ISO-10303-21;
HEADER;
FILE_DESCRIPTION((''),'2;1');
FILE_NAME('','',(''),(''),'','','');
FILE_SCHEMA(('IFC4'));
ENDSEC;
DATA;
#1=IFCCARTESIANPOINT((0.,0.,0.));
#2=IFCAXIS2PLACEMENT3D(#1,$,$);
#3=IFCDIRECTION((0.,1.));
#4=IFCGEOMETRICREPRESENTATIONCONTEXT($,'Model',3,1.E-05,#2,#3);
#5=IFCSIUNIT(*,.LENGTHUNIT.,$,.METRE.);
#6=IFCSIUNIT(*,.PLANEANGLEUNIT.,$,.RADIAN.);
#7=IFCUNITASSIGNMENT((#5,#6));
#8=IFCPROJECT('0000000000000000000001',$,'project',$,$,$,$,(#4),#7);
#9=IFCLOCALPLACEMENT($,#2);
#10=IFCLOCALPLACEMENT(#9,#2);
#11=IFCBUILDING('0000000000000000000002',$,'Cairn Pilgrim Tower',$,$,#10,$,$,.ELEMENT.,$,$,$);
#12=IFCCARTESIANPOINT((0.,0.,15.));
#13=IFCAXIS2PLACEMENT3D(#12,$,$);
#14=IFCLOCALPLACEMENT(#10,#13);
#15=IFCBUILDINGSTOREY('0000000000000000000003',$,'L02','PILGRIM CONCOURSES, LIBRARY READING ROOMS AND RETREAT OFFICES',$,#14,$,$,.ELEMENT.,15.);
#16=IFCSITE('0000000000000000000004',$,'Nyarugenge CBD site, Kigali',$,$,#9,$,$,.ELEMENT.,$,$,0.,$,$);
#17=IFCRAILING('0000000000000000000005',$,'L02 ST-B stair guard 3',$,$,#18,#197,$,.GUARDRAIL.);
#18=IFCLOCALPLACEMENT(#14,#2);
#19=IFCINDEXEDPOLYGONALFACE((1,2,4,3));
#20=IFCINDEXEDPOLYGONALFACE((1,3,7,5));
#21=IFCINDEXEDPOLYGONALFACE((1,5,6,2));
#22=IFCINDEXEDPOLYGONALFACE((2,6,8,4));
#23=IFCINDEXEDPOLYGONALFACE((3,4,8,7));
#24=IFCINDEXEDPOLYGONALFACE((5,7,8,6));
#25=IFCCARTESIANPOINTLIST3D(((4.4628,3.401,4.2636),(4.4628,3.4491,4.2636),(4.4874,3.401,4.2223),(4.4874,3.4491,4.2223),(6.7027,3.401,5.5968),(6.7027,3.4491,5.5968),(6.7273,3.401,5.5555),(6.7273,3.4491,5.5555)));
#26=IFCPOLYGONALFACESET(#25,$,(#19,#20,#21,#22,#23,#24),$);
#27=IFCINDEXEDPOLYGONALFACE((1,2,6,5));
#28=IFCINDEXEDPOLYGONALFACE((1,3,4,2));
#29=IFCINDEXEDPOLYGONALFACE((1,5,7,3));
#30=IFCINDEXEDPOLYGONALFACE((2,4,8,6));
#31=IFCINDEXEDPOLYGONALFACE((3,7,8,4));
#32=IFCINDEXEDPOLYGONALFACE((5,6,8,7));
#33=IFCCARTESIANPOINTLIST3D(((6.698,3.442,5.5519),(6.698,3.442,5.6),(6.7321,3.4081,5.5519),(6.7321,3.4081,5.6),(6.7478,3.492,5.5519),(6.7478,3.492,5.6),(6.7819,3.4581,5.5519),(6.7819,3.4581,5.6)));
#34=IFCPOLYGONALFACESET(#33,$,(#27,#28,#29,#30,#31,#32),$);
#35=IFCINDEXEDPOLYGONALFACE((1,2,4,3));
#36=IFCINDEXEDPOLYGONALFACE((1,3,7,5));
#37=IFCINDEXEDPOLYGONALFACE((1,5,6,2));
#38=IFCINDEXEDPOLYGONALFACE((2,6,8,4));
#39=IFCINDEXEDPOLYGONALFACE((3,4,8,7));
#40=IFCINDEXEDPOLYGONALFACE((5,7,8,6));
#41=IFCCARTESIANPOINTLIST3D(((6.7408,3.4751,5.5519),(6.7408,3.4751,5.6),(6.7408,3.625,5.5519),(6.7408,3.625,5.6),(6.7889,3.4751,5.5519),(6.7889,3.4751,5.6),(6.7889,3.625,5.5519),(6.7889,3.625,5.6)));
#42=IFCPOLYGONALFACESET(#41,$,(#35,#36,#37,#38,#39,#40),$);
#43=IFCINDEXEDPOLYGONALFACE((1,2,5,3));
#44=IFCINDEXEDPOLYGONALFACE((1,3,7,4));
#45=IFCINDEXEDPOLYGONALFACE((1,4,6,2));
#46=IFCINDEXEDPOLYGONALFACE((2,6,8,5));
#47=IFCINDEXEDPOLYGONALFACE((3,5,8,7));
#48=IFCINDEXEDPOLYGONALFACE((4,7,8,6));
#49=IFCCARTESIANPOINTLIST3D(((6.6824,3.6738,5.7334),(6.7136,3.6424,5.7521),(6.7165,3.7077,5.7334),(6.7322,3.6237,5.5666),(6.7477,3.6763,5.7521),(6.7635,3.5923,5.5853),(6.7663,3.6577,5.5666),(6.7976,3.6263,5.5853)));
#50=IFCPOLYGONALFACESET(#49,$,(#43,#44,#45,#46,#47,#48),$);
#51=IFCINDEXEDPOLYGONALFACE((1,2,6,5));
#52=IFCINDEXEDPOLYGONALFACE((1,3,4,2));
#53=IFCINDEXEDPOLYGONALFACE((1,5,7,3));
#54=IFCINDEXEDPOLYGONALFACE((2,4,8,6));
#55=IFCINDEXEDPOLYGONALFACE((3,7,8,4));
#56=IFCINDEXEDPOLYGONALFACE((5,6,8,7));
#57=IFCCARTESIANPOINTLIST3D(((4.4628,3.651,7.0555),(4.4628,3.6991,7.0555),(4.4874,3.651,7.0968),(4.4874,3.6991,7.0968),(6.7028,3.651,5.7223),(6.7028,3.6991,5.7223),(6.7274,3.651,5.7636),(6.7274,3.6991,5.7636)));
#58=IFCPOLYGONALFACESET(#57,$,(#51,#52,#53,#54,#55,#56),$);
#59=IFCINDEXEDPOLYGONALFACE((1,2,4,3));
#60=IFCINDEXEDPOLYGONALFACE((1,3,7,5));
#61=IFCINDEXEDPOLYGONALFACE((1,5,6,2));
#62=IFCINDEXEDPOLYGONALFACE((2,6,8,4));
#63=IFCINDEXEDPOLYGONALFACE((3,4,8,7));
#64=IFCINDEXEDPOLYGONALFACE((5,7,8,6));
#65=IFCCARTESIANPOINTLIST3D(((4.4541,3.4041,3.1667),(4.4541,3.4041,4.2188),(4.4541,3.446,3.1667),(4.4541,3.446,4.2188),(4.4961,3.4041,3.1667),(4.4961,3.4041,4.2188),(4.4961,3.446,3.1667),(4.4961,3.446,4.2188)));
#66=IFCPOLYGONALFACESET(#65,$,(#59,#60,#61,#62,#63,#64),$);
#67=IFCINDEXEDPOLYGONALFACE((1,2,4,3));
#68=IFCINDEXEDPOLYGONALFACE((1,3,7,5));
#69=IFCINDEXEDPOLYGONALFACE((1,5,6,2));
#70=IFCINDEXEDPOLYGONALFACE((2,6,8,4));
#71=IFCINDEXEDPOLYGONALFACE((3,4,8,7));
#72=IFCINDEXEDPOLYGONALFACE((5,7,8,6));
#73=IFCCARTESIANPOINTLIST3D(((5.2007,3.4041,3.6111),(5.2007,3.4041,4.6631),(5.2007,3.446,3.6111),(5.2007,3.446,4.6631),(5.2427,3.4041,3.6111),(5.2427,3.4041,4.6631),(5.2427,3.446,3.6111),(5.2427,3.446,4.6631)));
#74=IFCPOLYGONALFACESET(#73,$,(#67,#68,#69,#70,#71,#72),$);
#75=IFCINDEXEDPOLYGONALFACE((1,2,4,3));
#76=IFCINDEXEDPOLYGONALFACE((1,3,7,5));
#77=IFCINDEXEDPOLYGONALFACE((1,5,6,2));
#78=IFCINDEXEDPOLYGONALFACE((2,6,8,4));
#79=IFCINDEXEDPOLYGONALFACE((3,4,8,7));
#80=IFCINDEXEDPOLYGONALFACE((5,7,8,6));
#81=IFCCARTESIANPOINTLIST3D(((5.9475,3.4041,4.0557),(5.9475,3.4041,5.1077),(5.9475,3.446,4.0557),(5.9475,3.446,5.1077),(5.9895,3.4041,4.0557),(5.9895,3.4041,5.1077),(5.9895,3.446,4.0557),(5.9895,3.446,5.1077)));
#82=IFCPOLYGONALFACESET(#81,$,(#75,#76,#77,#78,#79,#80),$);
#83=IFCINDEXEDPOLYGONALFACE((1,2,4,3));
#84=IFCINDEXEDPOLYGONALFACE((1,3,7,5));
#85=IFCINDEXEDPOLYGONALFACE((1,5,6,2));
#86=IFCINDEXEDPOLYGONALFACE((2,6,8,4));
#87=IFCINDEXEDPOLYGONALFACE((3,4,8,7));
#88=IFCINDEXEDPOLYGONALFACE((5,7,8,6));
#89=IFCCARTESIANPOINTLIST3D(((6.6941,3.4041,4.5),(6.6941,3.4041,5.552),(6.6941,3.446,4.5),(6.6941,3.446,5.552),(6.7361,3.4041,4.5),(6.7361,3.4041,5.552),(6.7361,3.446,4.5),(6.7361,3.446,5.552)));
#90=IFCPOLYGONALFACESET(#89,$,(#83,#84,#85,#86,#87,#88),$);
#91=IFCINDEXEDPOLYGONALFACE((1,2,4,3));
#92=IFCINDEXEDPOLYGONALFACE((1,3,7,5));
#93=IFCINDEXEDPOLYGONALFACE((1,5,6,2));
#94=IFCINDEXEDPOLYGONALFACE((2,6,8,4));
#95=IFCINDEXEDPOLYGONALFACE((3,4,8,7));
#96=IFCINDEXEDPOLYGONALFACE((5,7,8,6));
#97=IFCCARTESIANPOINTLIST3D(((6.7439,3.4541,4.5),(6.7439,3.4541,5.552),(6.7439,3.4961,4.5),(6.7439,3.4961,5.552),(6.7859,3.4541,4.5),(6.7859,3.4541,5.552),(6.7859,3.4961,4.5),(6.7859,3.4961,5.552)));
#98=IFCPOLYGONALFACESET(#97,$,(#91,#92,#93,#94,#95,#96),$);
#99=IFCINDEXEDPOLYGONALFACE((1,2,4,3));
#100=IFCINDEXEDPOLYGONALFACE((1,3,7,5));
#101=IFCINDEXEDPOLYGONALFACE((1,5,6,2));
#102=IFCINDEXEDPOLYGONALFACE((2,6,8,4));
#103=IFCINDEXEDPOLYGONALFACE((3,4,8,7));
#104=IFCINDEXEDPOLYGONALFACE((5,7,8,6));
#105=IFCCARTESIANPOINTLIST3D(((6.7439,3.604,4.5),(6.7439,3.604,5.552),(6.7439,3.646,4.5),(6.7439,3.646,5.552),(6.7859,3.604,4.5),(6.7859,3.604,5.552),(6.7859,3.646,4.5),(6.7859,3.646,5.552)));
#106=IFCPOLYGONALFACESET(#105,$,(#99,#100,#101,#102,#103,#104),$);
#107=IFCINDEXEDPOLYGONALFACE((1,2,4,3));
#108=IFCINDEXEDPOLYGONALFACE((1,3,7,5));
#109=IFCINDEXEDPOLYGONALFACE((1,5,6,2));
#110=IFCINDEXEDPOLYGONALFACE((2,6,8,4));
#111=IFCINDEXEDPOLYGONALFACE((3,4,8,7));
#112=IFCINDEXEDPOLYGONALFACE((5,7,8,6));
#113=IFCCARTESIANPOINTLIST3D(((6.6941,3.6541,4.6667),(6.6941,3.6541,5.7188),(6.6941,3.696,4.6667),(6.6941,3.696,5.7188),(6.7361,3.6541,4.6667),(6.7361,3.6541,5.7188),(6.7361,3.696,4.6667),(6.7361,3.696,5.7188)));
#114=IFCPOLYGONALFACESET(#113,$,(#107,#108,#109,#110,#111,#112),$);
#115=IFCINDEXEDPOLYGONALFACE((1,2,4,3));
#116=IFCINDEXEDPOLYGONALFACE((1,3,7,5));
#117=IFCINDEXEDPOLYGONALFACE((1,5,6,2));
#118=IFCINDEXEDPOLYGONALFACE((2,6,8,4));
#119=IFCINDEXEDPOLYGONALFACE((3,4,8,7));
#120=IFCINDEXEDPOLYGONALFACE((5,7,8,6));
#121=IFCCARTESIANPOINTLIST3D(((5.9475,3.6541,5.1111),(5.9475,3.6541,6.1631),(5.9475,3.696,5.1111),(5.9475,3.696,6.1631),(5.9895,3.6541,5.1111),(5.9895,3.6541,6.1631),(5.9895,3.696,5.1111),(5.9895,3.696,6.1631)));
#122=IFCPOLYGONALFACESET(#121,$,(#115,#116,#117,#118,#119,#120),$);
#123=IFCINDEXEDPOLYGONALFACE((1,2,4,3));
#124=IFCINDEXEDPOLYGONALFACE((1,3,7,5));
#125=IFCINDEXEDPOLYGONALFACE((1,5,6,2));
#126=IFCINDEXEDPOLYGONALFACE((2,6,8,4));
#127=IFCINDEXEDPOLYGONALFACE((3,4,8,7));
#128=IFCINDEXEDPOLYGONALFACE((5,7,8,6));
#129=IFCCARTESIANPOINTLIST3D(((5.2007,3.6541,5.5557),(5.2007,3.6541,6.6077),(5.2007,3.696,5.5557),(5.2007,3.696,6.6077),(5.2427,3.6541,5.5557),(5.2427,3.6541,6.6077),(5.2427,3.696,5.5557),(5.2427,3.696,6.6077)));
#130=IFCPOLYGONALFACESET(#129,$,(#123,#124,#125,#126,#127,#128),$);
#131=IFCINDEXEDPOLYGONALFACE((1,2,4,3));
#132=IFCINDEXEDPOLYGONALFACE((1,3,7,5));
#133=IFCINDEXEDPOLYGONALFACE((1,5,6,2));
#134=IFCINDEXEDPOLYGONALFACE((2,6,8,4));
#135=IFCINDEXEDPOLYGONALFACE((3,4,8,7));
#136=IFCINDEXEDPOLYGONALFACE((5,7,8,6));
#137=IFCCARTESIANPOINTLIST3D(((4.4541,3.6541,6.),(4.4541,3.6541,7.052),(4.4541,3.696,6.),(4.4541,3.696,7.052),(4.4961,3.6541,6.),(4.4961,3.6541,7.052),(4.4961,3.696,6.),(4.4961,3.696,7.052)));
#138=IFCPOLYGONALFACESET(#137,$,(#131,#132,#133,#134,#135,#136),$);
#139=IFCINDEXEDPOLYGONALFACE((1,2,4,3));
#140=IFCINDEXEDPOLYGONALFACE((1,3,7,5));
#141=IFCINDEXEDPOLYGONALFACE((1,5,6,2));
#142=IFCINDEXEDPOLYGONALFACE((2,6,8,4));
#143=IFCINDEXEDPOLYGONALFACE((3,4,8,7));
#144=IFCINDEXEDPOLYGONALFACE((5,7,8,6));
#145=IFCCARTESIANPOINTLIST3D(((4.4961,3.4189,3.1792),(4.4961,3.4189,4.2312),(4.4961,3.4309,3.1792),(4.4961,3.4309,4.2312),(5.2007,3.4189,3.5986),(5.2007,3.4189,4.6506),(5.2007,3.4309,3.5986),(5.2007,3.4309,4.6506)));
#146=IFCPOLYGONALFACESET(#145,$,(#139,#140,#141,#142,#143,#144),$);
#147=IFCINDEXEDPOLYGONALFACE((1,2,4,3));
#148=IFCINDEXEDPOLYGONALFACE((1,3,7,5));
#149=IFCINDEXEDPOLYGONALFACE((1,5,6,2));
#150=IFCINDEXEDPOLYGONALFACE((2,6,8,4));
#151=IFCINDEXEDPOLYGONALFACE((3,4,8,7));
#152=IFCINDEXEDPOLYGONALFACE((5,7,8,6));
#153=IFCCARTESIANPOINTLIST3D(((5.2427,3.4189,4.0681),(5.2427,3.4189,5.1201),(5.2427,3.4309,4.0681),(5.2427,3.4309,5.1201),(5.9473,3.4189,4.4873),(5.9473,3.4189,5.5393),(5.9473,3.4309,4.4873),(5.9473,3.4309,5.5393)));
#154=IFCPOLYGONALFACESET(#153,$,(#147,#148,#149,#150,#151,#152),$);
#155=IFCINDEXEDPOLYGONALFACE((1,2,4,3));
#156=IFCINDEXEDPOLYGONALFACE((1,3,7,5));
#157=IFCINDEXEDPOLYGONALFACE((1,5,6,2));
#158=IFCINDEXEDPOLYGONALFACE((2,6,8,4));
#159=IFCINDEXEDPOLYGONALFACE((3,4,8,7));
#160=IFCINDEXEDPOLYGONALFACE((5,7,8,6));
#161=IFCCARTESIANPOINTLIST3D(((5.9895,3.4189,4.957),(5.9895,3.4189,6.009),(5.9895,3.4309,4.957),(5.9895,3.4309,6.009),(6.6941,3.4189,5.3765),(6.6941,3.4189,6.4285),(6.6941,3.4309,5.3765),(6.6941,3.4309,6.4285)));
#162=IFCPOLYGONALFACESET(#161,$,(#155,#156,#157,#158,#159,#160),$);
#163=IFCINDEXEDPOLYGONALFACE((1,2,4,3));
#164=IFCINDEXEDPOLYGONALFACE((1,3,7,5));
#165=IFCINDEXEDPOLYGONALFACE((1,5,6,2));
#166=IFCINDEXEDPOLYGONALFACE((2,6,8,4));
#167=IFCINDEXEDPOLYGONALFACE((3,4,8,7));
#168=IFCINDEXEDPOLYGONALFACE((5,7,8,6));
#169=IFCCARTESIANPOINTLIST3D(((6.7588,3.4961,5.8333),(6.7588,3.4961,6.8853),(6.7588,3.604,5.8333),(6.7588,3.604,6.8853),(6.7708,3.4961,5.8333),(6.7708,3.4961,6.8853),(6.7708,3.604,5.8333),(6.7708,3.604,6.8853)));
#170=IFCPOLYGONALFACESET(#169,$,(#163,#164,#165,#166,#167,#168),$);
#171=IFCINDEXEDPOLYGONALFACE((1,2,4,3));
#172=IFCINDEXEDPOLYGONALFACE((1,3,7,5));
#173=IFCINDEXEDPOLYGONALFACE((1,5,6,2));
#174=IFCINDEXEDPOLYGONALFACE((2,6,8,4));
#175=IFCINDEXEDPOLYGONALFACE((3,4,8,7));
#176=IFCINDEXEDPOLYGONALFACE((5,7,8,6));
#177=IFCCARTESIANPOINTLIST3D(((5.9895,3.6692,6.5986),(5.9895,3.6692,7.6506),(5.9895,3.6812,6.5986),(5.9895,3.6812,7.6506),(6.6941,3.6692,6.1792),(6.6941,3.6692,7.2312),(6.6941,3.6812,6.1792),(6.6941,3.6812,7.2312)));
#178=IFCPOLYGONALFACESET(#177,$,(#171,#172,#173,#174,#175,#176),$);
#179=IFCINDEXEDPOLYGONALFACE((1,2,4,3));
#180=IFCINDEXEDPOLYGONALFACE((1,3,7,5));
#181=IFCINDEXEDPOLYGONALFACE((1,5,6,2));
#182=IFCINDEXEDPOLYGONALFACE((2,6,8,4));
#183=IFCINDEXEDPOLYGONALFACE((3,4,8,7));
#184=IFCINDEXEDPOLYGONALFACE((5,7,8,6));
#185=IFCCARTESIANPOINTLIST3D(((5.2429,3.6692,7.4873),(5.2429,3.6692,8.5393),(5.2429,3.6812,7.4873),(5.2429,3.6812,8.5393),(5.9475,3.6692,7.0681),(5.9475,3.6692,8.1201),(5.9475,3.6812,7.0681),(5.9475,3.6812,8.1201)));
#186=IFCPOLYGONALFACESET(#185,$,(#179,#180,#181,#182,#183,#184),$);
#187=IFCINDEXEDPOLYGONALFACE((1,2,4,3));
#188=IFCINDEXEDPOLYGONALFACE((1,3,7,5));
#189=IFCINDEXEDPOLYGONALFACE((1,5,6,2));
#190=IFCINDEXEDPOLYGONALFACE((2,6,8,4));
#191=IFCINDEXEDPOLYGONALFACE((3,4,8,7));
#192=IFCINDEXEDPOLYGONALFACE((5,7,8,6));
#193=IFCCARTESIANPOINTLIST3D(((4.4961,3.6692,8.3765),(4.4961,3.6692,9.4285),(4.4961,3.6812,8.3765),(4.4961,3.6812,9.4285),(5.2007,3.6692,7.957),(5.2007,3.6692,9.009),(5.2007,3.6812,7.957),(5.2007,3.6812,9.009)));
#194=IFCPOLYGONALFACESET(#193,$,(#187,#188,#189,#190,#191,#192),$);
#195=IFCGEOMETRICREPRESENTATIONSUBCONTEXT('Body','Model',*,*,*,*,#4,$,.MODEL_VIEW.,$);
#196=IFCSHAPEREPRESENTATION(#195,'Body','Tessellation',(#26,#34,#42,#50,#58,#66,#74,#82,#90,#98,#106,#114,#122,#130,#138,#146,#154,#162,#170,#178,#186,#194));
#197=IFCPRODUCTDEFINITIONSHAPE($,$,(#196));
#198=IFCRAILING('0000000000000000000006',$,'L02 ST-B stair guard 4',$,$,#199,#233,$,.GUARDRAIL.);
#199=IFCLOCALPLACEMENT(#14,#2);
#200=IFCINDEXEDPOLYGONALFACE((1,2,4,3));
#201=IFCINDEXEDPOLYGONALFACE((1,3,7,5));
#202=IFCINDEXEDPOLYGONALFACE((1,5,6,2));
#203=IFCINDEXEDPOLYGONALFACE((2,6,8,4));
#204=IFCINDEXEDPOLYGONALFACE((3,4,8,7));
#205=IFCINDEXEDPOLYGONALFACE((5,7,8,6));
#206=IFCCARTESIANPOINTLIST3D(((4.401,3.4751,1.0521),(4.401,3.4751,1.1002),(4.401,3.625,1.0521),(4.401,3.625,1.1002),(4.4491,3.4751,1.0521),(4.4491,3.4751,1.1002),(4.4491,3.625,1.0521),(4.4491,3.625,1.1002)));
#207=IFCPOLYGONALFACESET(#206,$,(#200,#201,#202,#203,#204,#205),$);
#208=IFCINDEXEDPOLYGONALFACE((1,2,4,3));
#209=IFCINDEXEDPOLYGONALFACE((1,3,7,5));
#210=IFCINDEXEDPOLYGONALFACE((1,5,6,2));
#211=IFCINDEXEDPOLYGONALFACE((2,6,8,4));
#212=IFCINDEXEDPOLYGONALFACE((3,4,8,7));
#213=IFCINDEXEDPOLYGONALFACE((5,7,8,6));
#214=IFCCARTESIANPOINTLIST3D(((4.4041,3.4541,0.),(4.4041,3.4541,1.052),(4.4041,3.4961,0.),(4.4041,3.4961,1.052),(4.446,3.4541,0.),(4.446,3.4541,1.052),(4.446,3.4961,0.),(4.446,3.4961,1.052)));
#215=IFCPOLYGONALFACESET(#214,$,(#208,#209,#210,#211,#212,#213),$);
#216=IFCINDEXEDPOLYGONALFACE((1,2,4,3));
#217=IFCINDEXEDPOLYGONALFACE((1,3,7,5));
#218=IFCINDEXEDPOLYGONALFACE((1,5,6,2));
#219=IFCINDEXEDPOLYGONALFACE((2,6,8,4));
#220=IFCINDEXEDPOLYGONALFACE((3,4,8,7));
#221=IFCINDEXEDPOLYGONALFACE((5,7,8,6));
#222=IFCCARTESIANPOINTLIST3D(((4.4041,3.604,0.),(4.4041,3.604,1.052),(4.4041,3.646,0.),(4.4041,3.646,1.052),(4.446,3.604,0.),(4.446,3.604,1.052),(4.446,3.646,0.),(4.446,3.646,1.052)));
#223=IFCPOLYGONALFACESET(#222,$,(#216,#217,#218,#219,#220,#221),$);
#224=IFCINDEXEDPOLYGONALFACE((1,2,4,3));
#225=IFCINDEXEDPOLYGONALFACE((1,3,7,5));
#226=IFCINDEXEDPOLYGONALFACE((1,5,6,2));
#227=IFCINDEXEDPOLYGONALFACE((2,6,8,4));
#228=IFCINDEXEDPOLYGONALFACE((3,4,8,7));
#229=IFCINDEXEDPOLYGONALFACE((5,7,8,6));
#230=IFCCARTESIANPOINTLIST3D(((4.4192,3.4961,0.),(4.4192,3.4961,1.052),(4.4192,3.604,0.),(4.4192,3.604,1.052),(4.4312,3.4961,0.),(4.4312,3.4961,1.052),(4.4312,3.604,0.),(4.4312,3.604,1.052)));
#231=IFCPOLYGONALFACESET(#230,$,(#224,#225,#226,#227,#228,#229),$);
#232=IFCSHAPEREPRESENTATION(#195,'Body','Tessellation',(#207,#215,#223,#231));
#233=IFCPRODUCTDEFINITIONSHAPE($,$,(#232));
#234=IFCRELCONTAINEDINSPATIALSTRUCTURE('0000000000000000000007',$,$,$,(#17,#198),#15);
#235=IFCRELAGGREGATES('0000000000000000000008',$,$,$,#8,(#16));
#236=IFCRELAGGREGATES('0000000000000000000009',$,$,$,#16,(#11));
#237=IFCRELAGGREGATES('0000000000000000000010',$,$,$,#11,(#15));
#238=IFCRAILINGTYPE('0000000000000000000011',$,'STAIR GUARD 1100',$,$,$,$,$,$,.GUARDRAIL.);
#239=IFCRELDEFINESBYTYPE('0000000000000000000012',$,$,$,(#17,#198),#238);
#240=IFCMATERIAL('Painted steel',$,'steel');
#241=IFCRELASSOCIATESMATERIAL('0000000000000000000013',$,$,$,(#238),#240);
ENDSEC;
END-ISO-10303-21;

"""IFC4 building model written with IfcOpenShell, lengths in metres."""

from ifc_helpers import new_model, si_unit, direction, frame, origin, origin_2d, place, context, subcontext, project, spatial, polyline, rectangle, outline, extrude, material, type_object, element, save


model = new_model("IFC4")

# Units and contexts
model_context = context("Model", 3, precision=1e-05, world=origin(), true_north=direction((0.0, 1.0)))
body_context = subcontext(model_context, "Body", "Model", "MODEL_VIEW")
ifc_project = project(units=[si_unit("LENGTHUNIT", "METRE"), si_unit("PLANEANGLEUNIT", "RADIAN")], contexts=[model_context])

# Site, building, storey
site_placement = place(None, origin())
site = spatial("IfcSite", under=ifc_project, at=site_placement, Name="Nyarugenge CBD site, Kigali", CompositionType="ELEMENT", RefElevation=0.0)
building_placement = place(site_placement, origin())
building = spatial("IfcBuilding", under=site, at=building_placement, Name="Cairn Pilgrim Tower", CompositionType="ELEMENT")
storey_placement = place(building_placement, frame((0.0, 0.0, 15.0)))
storey = spatial("IfcBuildingStorey", under=building, at=storey_placement, Name="L02", Description="PILGRIM CONCOURSES, LIBRARY READING ROOMS AND RETREAT OFFICES", CompositionType="ELEMENT", Elevation=15.0)

# Shared definitions
ifc_material_1 = material(Name="Painted steel", Category="steel")

# Railings
railing_type_1 = type_object("IfcRailingType", Name="STAIR GUARD 1100", PredefinedType="GUARDRAIL", material=ifc_material_1)
railing_1_placement = place(storey_placement, frame((4.4751, 3.425, 3.1667)))
element("IfcRailing", 1, at=railing_1_placement, inside=storey, type_object=railing_type_1, Name="L02 ST-B stair guard 3", PredefinedType="GUARDRAIL", context=body_context, shape_type="SweptSolid", body=[
    extrude(rectangle(XDim=0.0481, YDim=0.0481, at=origin_2d()), frame((0.0, 0.0, 1.0762), z_axis=(0.859306, 0.0, 0.511462), x_axis=(0.0, 1.0, 0.0)), (0.0, 0.0, 1.0), 2.6067),
    extrude(rectangle(XDim=0.0481, YDim=0.0481, at=origin_2d()), frame((2.24, 0.0, 2.4092), z_axis=(0.705376, 0.708834, 0.0), x_axis=(-0.708834, 0.705376, 0.0)), (0.0, 0.0, 1.0), 0.0706),
    extrude(rectangle(XDim=0.0481, YDim=0.0481, at=origin_2d()), frame((2.2898, 0.05, 2.4092), z_axis=(0.0, 1.0, 0.0), x_axis=(-1.0, 0.0, 0.0)), (0.0, 0.0, 1.0), 0.1499),
    extrude(rectangle(XDim=0.0481, YDim=0.0481, at=origin_2d()), frame((2.2898, 0.2, 2.4092), z_axis=(-0.275041, 0.276389, 0.920848), x_axis=(-0.708834, -0.705376, 0.0)), (0.0, 0.0, 1.0), 0.1812),
    extrude(rectangle(XDim=0.0481, YDim=0.0481, at=origin_2d()), frame((2.24, 0.25, 2.5762), z_axis=(-0.859306, 0.0, 0.511462), x_axis=(0.0, -1.0, 0.0)), (0.0, 0.0, 1.0), 2.6067),
    extrude(rectangle(XDim=0.042, YDim=0.042, at=origin_2d()), origin(), (0.0, 0.0, 1.0), 1.052),
    extrude(rectangle(XDim=0.042, YDim=0.042, at=origin_2d()), frame((0.7466, 0.0, 0.4443)), (0.0, 0.0, 1.0), 1.052),
    extrude(rectangle(XDim=0.042, YDim=0.042, at=origin_2d()), frame((1.4934, 0.0, 0.8889)), (0.0, 0.0, 1.0), 1.052),
    extrude(rectangle(XDim=0.042, YDim=0.042, at=origin_2d()), frame((2.24, 0.0, 1.3333)), (0.0, 0.0, 1.0), 1.052),
    extrude(rectangle(XDim=0.042, YDim=0.042, at=origin_2d()), frame((2.2898, 0.05, 1.3333)), (0.0, 0.0, 1.0), 1.052),
    extrude(rectangle(XDim=0.042, YDim=0.042, at=origin_2d()), frame((2.2898, 0.2, 1.3333)), (0.0, 0.0, 1.0), 1.052),
    extrude(rectangle(XDim=0.042, YDim=0.042, at=origin_2d()), frame((2.24, 0.25, 1.5)), (0.0, 0.0, 1.0), 1.052),
    extrude(rectangle(XDim=0.042, YDim=0.042, at=origin_2d()), frame((1.4934, 0.25, 1.9443)), (0.0, 0.0, 1.0), 1.052),
    extrude(rectangle(XDim=0.042, YDim=0.042, at=origin_2d()), frame((0.7466, 0.25, 2.3889)), (0.0, 0.0, 1.0), 1.052),
    extrude(rectangle(XDim=0.042, YDim=0.042, at=origin_2d()), frame((0.0, 0.25, 2.8333)), (0.0, 0.0, 1.0), 1.052),
    extrude(outline(polyline([(0.021, 0.0125), (0.7256, 0.4319), (0.7256, 1.4839), (0.021, 1.0645), (0.021, 0.0125)])), frame((0.0, 0.0059, 0.0), z_axis=(0.0, -1.0, 0.0), x_axis=(1.0, 0.0, 0.0)), (0.0, 0.0, 1.0), 0.012),
    extrude(outline(polyline([(0.021, 0.457), (0.7256, 0.8762), (0.7256, 1.9282), (0.021, 1.509), (0.021, 0.457)])), frame((0.7466, 0.0059, 0.4443), z_axis=(0.0, -1.0, 0.0), x_axis=(1.0, 0.0, 0.0)), (0.0, 0.0, 1.0), 0.012),
    extrude(outline(polyline([(0.021, 0.9014), (0.7256, 1.3208), (0.7256, 2.3728), (0.021, 1.9534), (0.021, 0.9014)])), frame((1.4934, 0.0059, 0.8889), z_axis=(0.0, -1.0, 0.0), x_axis=(1.0, 0.0, 0.0)), (0.0, 0.0, 1.0), 0.012),
    extrude(outline(polyline([(0.021, 1.3333), (0.1289, 1.3333), (0.1289, 2.3853), (0.021, 2.3853), (0.021, 1.3333)])), frame((2.2837, 0.05, 1.3333), z_axis=(1.0, 0.0, 0.0), x_axis=(0.0, 1.0, 0.0)), (0.0, 0.0, 1.0), 0.012),
    extrude(outline(polyline([(0.021, 1.5125), (0.7256, 1.9319), (0.7256, 2.9839), (0.021, 2.5645), (0.021, 1.5125)])), frame((2.24, 0.2441, 1.5), z_axis=(0.0, 1.0, 0.0), x_axis=(-1.0, 0.0, 0.0)), (0.0, 0.0, 1.0), 0.012),
    extrude(outline(polyline([(0.021, 1.957), (0.7256, 2.3762), (0.7256, 3.4282), (0.021, 3.009), (0.021, 1.957)])), frame((1.4934, 0.2441, 1.9443), z_axis=(0.0, 1.0, 0.0), x_axis=(-1.0, 0.0, 0.0)), (0.0, 0.0, 1.0), 0.012),
    extrude(outline(polyline([(0.021, 2.4014), (0.7256, 2.8208), (0.7256, 3.8728), (0.021, 3.4534), (0.021, 2.4014)])), frame((0.7466, 0.2441, 2.3889), z_axis=(0.0, 1.0, 0.0), x_axis=(-1.0, 0.0, 0.0)), (0.0, 0.0, 1.0), 0.012),
])
railing_2_placement = place(storey_placement, frame((4.425, 3.4751, 0.0)))
element("IfcRailing", 2, at=railing_2_placement, inside=storey, type_object=railing_type_1, Name="L02 ST-B stair guard 4", PredefinedType="GUARDRAIL", context=body_context, shape_type="SweptSolid", body=[
    extrude(rectangle(XDim=0.0481, YDim=0.0481, at=origin_2d()), frame((0.0, 0.0, 1.0762), z_axis=(0.0, 1.0, 0.0), x_axis=(-1.0, 0.0, 0.0)), (0.0, 0.0, 1.0), 0.1499),
    extrude(rectangle(XDim=0.042, YDim=0.042, at=origin_2d()), origin(), (0.0, 0.0, 1.0), 1.052),
    extrude(rectangle(XDim=0.042, YDim=0.042, at=origin_2d()), frame((0.0, 0.1499, 0.0)), (0.0, 0.0, 1.0), 1.052),
    extrude(outline(polyline([(0.021, 0.0), (0.1289, 0.0), (0.1289, 1.052), (0.021, 1.052), (0.021, 0.0)])), frame((-0.0059, 0.0, 0.0), z_axis=(1.0, 0.0, 0.0), x_axis=(0.0, 1.0, 0.0)), (0.0, 0.0, 1.0), 0.012),
])

save(model, "model.ifc")
